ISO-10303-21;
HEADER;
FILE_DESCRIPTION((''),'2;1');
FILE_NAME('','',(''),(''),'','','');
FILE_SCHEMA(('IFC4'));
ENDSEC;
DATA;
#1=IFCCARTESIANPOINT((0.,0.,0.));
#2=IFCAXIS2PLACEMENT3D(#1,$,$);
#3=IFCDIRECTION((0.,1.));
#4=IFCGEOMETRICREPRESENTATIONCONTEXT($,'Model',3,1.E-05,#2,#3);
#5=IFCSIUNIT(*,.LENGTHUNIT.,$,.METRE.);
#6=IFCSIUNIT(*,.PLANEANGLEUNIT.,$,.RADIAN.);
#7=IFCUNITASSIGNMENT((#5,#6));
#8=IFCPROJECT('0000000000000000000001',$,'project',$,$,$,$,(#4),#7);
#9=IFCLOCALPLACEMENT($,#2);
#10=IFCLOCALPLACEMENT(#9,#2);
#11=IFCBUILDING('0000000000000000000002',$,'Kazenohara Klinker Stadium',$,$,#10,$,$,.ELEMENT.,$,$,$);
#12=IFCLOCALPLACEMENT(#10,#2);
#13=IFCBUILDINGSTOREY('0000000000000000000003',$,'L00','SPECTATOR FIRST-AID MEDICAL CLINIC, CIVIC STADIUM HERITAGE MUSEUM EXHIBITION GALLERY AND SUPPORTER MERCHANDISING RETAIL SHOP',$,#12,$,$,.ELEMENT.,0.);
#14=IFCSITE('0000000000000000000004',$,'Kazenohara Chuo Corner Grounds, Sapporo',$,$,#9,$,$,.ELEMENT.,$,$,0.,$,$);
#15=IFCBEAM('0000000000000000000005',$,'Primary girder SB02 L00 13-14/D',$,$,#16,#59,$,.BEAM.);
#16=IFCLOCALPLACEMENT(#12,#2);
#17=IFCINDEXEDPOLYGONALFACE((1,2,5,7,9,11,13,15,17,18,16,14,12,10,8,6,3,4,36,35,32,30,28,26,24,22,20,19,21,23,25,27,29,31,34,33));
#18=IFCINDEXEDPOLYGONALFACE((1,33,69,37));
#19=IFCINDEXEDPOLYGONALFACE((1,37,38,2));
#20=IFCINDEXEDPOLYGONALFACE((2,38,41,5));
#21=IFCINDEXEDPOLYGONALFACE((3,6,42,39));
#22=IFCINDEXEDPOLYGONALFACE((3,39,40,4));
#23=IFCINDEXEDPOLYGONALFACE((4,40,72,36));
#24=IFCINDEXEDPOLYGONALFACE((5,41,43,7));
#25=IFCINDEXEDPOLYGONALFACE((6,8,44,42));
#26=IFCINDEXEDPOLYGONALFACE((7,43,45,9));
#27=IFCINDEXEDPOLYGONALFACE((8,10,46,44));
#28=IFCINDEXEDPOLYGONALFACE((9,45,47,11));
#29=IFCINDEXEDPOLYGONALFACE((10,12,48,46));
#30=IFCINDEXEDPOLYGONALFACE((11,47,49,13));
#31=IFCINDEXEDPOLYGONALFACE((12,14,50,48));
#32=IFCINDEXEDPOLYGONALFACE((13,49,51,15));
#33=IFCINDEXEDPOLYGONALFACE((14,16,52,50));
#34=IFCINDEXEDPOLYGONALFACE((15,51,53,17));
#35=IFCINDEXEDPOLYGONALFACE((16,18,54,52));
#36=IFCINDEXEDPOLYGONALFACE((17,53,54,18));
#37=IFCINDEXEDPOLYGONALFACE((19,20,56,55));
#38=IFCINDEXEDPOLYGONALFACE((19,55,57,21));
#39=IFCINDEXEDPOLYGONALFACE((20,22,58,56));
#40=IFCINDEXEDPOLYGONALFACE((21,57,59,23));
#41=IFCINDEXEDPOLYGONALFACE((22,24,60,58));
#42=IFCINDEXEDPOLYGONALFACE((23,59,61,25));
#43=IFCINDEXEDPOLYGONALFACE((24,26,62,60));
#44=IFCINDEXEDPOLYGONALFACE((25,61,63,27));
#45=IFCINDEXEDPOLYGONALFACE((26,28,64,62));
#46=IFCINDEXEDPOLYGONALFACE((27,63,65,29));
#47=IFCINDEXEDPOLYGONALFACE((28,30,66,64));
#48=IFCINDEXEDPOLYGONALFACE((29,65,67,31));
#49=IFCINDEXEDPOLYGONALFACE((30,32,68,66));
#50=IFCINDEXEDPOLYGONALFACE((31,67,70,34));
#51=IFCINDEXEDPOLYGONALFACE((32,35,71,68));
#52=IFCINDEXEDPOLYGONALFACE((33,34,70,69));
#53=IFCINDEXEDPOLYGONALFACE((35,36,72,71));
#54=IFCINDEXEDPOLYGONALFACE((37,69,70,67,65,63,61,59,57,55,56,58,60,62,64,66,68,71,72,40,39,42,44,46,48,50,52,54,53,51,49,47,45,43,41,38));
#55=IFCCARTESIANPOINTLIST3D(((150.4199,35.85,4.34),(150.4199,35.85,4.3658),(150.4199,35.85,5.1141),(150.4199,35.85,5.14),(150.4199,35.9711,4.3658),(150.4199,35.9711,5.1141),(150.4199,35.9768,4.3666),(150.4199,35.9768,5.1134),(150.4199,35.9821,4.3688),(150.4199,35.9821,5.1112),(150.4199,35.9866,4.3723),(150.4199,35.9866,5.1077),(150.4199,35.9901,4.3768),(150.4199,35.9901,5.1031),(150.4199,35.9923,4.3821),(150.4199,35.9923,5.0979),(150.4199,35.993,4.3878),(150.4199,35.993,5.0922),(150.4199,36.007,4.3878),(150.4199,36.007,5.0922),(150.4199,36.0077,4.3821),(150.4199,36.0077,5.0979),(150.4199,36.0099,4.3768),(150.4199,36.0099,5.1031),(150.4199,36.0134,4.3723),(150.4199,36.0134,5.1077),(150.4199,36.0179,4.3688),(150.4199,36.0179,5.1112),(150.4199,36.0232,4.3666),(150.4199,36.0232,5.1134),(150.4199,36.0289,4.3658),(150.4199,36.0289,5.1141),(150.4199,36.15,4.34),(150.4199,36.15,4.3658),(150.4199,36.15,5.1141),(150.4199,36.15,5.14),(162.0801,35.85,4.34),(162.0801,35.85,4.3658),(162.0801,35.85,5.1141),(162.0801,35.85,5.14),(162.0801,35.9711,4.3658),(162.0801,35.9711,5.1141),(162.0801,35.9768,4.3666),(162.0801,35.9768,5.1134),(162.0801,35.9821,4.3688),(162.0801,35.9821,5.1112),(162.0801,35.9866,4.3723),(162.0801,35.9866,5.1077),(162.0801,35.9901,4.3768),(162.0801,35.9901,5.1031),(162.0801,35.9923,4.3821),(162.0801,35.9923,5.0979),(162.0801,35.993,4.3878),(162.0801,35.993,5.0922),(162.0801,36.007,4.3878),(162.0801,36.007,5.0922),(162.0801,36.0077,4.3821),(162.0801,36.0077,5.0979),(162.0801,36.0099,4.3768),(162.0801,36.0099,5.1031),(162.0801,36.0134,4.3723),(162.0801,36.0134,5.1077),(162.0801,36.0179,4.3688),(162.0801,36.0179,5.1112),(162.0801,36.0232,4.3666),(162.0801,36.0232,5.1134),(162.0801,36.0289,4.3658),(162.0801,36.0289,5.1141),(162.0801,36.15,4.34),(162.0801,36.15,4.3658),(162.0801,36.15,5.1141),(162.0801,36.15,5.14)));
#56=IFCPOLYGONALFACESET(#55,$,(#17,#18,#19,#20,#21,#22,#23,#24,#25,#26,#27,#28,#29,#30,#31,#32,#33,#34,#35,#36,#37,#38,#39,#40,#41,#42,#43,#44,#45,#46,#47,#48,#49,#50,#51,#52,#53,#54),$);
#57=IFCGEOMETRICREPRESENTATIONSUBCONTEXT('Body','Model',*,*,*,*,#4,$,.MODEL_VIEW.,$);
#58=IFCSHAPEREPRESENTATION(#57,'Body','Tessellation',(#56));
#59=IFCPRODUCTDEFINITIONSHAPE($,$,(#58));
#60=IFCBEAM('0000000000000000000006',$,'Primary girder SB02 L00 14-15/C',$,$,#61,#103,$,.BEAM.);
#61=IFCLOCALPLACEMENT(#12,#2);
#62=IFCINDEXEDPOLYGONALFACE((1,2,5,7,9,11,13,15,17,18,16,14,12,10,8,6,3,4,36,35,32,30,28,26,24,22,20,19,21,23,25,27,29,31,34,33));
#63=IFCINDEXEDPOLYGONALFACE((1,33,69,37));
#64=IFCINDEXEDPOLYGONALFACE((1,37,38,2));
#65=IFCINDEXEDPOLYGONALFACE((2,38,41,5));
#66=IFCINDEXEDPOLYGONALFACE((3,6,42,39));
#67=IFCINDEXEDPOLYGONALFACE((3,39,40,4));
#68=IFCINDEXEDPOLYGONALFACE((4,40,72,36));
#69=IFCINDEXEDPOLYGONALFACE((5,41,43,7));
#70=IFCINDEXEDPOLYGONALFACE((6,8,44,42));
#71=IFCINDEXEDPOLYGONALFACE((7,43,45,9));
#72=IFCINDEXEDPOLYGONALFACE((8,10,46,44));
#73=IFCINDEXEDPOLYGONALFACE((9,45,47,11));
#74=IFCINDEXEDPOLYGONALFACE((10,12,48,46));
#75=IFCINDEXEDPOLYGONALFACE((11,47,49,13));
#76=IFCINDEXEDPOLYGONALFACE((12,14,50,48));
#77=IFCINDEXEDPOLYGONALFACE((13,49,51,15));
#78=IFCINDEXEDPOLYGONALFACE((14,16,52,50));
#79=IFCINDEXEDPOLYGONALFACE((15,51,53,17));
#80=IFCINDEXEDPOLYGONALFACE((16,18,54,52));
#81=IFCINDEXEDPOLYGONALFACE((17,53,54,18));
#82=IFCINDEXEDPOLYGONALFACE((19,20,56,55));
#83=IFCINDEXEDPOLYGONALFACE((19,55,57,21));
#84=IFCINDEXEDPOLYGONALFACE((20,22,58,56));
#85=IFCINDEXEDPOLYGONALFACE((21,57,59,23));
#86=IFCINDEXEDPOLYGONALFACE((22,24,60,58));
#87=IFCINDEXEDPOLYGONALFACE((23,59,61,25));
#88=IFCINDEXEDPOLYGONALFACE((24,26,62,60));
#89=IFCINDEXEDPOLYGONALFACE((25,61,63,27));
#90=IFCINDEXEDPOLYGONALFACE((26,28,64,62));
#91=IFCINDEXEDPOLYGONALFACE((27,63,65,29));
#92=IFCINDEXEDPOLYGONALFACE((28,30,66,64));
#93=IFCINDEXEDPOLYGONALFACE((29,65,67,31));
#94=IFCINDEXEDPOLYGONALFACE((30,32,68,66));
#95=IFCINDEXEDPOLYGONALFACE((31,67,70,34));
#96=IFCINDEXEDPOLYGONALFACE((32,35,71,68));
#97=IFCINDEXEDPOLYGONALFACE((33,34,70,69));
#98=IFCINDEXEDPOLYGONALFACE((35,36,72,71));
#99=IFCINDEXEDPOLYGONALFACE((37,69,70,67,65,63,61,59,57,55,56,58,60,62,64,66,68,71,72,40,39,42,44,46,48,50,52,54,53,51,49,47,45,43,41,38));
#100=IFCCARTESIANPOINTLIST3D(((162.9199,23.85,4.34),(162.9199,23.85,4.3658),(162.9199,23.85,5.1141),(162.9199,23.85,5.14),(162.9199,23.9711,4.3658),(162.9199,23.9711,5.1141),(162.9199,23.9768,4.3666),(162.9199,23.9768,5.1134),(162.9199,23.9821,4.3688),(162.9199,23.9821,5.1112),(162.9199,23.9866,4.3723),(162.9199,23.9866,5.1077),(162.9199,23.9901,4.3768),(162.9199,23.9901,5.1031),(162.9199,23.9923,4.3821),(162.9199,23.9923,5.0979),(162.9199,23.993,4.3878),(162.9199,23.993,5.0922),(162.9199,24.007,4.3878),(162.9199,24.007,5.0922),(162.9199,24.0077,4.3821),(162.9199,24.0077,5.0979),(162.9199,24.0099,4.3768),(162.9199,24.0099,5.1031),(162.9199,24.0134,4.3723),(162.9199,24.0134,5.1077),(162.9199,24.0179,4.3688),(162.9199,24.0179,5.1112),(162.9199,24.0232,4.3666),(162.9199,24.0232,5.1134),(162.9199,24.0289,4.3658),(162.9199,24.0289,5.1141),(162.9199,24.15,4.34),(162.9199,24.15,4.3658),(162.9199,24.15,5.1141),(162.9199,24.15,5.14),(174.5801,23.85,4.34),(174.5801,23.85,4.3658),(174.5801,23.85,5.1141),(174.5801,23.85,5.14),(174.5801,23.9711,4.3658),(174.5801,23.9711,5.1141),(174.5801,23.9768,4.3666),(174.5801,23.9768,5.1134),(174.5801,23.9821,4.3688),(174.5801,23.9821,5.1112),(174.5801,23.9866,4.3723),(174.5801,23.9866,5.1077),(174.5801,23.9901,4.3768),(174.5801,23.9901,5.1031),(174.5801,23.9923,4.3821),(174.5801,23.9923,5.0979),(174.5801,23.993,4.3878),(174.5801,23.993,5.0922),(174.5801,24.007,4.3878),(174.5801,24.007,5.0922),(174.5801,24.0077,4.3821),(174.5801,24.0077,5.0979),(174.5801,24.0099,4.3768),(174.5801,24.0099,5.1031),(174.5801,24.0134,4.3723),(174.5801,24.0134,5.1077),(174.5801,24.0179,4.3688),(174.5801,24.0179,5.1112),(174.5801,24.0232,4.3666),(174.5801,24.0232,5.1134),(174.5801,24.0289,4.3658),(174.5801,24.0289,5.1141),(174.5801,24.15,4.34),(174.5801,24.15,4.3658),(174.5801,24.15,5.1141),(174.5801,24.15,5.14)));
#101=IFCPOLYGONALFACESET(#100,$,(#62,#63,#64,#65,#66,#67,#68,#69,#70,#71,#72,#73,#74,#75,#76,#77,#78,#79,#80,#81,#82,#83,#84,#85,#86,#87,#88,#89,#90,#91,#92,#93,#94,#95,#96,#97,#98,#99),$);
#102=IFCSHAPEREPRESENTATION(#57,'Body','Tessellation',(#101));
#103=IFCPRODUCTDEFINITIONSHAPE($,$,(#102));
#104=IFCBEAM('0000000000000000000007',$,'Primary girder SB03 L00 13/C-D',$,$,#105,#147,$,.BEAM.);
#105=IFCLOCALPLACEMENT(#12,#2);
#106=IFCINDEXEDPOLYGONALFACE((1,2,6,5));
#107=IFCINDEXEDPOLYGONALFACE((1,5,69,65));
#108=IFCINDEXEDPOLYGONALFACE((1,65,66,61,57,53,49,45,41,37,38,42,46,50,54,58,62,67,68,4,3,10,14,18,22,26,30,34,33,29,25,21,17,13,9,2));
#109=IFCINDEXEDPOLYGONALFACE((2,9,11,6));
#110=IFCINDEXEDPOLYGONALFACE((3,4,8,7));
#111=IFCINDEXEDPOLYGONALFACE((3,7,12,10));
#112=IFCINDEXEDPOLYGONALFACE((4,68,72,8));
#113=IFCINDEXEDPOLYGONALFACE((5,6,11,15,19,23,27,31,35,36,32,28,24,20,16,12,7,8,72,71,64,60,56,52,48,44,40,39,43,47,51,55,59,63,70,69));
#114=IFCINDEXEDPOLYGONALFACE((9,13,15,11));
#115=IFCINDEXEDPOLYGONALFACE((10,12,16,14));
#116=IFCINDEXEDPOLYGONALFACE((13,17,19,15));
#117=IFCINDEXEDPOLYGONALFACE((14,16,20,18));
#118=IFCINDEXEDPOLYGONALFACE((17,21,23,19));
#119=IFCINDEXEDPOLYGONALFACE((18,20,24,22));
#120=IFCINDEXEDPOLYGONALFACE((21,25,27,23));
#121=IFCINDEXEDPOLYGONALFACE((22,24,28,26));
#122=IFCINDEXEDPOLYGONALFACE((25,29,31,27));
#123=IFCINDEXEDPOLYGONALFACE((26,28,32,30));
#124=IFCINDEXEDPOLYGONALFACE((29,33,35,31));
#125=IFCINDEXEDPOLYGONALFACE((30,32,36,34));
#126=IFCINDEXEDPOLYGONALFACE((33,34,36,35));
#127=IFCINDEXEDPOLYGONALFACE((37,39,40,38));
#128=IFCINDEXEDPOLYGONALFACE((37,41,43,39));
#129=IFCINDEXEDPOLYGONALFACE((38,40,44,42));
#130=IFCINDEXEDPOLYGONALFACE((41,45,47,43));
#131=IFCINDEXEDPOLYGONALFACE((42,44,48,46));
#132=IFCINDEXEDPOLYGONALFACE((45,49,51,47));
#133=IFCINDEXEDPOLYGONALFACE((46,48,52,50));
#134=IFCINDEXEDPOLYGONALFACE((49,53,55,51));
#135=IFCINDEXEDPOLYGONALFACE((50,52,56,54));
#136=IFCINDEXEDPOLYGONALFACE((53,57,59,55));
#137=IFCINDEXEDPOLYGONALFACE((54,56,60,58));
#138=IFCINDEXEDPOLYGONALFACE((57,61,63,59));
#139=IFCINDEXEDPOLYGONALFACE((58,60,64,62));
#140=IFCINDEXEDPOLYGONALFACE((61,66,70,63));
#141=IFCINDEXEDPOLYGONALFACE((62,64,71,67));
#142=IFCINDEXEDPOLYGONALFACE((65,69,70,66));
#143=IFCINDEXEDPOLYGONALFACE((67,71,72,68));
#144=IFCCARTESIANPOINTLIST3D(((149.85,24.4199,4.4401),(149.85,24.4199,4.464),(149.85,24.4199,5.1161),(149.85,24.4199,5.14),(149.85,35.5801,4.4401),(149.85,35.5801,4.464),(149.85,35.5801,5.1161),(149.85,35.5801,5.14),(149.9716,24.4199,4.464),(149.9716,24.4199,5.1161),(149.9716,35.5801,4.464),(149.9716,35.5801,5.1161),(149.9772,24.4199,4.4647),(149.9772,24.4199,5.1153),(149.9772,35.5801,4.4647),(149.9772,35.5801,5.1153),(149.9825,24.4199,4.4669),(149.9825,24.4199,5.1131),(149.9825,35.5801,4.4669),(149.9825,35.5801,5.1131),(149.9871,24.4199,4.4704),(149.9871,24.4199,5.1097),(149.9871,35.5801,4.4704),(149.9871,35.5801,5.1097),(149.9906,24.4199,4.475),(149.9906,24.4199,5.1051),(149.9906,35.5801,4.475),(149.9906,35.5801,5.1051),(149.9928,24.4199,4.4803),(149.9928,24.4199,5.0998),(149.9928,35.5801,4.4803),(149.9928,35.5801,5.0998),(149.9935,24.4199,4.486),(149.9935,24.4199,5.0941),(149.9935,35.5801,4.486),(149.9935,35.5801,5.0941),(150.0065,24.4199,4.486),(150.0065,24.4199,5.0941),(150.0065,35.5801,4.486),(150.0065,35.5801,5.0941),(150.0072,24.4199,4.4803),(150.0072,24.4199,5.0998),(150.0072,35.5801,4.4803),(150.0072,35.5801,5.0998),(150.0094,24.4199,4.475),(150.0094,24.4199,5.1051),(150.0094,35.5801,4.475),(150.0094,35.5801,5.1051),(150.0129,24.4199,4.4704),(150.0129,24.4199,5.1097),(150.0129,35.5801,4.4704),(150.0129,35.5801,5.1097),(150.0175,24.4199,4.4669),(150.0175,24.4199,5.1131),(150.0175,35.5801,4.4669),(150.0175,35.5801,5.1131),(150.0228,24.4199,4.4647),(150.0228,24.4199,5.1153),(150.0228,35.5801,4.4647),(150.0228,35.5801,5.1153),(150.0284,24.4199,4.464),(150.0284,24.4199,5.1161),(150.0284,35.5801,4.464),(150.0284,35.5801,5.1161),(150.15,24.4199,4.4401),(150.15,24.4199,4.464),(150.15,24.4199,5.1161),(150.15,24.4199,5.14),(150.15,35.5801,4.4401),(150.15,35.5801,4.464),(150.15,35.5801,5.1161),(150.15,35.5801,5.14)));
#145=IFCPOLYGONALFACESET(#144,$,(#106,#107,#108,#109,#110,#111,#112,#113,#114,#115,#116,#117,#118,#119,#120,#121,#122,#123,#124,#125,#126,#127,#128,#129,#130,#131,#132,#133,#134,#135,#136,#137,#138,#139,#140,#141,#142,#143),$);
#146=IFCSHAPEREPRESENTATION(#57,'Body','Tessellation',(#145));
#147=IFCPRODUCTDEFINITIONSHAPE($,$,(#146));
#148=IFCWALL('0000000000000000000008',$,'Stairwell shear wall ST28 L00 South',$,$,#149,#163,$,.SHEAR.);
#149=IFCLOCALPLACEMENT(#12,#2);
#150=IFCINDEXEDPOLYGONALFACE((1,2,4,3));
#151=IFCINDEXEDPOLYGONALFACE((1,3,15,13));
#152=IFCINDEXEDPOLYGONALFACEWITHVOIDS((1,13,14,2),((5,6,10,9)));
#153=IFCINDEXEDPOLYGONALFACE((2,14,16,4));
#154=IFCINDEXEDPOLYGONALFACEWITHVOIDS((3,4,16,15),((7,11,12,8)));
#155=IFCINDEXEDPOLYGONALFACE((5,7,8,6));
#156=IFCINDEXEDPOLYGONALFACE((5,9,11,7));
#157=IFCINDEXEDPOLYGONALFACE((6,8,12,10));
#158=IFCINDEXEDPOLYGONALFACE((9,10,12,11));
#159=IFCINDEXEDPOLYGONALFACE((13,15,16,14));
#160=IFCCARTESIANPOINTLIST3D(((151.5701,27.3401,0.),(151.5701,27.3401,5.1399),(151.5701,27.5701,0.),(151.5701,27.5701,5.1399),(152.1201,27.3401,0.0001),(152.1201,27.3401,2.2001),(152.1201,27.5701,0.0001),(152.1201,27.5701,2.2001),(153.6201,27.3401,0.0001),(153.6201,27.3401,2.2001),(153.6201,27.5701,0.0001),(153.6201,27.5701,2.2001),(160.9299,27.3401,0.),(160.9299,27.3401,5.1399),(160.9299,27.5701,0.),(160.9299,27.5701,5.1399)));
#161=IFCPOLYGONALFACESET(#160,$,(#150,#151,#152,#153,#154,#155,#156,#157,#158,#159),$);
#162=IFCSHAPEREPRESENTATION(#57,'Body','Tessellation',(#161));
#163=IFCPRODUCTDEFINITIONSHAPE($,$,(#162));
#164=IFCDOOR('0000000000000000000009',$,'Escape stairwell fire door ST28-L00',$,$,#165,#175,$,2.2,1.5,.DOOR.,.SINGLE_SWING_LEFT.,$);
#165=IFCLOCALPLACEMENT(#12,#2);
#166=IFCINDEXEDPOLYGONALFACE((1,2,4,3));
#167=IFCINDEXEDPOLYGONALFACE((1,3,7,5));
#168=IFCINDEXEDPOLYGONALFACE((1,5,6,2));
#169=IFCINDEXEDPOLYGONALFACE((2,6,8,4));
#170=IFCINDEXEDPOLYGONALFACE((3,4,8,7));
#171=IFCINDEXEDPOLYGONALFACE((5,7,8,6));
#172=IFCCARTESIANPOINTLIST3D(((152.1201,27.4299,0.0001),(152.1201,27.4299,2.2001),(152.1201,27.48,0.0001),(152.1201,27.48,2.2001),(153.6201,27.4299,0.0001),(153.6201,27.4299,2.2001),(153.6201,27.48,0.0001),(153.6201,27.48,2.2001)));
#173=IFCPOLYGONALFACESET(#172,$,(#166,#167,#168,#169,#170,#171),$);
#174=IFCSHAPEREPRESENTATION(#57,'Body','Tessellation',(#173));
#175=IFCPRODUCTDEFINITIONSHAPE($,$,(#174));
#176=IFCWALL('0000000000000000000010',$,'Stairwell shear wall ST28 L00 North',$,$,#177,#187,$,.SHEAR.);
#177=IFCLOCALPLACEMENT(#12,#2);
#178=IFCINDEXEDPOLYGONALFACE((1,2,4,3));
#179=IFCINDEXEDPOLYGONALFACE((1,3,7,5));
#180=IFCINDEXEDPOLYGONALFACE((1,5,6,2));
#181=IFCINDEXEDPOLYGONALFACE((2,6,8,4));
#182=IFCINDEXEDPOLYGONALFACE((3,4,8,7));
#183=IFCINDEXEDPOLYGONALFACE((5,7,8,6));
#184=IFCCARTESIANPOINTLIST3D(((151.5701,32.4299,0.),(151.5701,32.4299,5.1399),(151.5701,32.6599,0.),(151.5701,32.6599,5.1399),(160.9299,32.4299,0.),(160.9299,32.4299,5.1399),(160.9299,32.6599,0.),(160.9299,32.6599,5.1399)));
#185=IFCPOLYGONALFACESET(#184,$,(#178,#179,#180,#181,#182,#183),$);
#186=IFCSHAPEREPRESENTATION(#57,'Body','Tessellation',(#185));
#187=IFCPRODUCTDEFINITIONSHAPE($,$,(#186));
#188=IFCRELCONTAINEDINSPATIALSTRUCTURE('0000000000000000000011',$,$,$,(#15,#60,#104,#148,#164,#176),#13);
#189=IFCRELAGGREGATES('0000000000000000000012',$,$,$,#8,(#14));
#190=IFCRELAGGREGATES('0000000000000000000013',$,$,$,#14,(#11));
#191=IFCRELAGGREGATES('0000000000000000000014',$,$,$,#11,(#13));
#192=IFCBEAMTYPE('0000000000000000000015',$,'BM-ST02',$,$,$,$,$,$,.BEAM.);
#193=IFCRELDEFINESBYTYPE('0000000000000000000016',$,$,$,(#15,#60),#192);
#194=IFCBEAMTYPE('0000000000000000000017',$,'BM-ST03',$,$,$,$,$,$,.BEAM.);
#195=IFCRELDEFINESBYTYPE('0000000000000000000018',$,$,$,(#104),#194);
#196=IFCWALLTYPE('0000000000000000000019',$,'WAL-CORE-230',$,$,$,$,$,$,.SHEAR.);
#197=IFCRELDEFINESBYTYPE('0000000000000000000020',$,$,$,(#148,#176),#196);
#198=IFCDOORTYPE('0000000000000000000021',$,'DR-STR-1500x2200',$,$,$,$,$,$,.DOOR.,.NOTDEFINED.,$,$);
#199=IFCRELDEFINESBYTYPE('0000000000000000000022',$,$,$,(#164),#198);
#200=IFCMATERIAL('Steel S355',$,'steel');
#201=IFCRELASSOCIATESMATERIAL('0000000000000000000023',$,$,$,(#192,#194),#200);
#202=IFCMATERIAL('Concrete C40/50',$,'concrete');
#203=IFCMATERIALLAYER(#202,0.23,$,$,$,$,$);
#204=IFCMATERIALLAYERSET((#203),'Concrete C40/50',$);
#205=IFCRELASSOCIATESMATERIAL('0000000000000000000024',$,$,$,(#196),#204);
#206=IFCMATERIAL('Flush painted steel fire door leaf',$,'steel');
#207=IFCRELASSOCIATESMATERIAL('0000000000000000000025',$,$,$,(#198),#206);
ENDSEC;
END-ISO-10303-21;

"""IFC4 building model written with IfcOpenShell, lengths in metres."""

from ifc_helpers import new_model, si_unit, direction, frame, frame_2d, origin, origin_2d, place, context, subcontext, project, spatial, rectangle, i_section, extrude, material, layer, layer_set, material_profile, profile_set, type_object, element, fill, save


model = new_model("IFC4")

# Units and contexts
model_context = context("Model", 3, precision=1e-05, world=origin(), true_north=direction((0.0, 1.0)))
body_context = subcontext(model_context, "Body", "Model", "MODEL_VIEW")
ifc_project = project(units=[si_unit("LENGTHUNIT", "METRE"), si_unit("PLANEANGLEUNIT", "RADIAN")], contexts=[model_context])

# Site, building, storey
site_placement = place(None, origin())
site = spatial("IfcSite", under=ifc_project, at=site_placement, Name="Kazenohara Chuo Corner Grounds, Sapporo", CompositionType="ELEMENT", RefElevation=0.0)
building_placement = place(site_placement, origin())
building = spatial("IfcBuilding", under=site, at=building_placement, Name="Kazenohara Klinker Stadium", CompositionType="ELEMENT")
storey_placement = place(building_placement, origin())
storey = spatial("IfcBuildingStorey", under=building, at=storey_placement, Name="L00", Description="SPECTATOR FIRST-AID MEDICAL CLINIC, CIVIC STADIUM HERITAGE MUSEUM EXHIBITION GALLERY AND SUPPORTER MERCHANDISING RETAIL SHOP", CompositionType="ELEMENT", Elevation=0.0)

# Shared definitions
ifc_material_1 = material(Name="Concrete C40/50", Category="concrete")

# Beams
ifc_material_2 = material(Name="Steel S355", Category="steel")
ifc_material_profile_1 = material_profile(ifc_material_2, i_section(OverallWidth=0.3, OverallDepth=0.8, WebThickness=0.0139, FlangeThickness=0.0259, FilletRadius=0.022, at=origin_2d()), Name="H-800x300x14x26")
ifc_profile_set_1 = profile_set([ifc_material_profile_1], Name="Steel S355")
beam_type_1 = type_object("IfcBeamType", Name="BM-ST02", PredefinedType="BEAM", material=ifc_profile_set_1)
for number, where, z_axis, x_axis, name in (
    (1, (150.4199, 36.0, 4.74), (1.0, 0.0, 0.0), (0.0, 1.0, 0.0), "Primary girder SB02 L00 13-14/D"),
    (2, (162.9199, 24.0, 4.74), (1.0, 0.0, 0.0), (0.0, 1.0, 0.0), "Primary girder SB02 L00 14-15/C"),
):
    element("IfcBeam", number, at=place(storey_placement, frame(where, z_axis=z_axis, x_axis=x_axis)), inside=storey, type_object=beam_type_1, Name=name, PredefinedType="BEAM", context=body_context, shape_type="SweptSolid", body=[
        extrude(i_section(OverallWidth=0.3, OverallDepth=0.8, WebThickness=0.0139, FlangeThickness=0.0259, FilletRadius=0.022, at=origin_2d()), origin(), (0.0, 0.0, 1.0), 11.6602),
    ])
ifc_material_profile_2 = material_profile(ifc_material_2, i_section(OverallWidth=0.3, OverallDepth=0.7, WebThickness=0.0129, FlangeThickness=0.0239, FilletRadius=0.022, at=origin_2d()), Name="H-700x300x13x24")
ifc_profile_set_2 = profile_set([ifc_material_profile_2], Name="Steel S355")
beam_type_2 = type_object("IfcBeamType", Name="BM-ST03", PredefinedType="BEAM", material=ifc_profile_set_2)
beam_1_placement = place(storey_placement, frame((150.0, 24.4199, 4.79), z_axis=(0.0, 1.0, 0.0), x_axis=(-1.0, 0.0, 0.0)))
element("IfcBeam", 3, at=beam_1_placement, inside=storey, type_object=beam_type_2, Name="Primary girder SB03 L00 13/C-D", PredefinedType="BEAM", context=body_context, shape_type="SweptSolid", body=[
    extrude(i_section(OverallWidth=0.3, OverallDepth=0.7, WebThickness=0.0129, FlangeThickness=0.0239, FilletRadius=0.022, at=origin_2d()), origin(), (0.0, 0.0, 1.0), 11.1602),
])

# Wall, opening, door
ifc_layer_1 = layer(ifc_material_1, 0.23)
ifc_layer_set_1 = layer_set([ifc_layer_1], Name="Concrete C40/50")
wall_type_1 = type_object("IfcWallType", Name="WAL-CORE-230", PredefinedType="SHEAR", material=ifc_layer_set_1)
wall_1_placement = place(storey_placement, frame((151.5701, 27.4551, 0.0), z_axis=(0.0, 0.0, 1.0), x_axis=(1.0, 0.0, 0.0)))
wall_1 = element("IfcWall", 4, at=wall_1_placement, inside=storey, type_object=wall_type_1, Name="Stairwell shear wall ST28 L00 South", PredefinedType="SHEAR", context=body_context, shape_type="SweptSolid", body=[
    extrude(rectangle(XDim=9.3599, YDim=0.23, at=frame_2d((4.6799, 0.0))), origin(), (0.0, 0.0, 1.0), 5.1399),
])
opening_1_placement = place(wall_1_placement, frame((0.55, 0.0, 0.0)))
opening_1 = element("IfcOpeningElement", 5, at=opening_1_placement, cuts=wall_1, PredefinedType="OPENING", context=body_context, shape_type="SweptSolid", body=[
    extrude(rectangle(XDim=1.5, YDim=2.2, at=frame_2d((0.75, 1.1001))), frame((0.0, 0.125, 0.0), z_axis=(0.0, -1.0, 0.0), x_axis=(1.0, 0.0, 0.0)), (0.0, 0.0, 1.0), 0.25),
])
ifc_material_3 = material(Name="Flush painted steel fire door leaf", Category="steel")
door_type_1 = type_object("IfcDoorType", Name="DR-STR-1500x2200", OperationType="NOTDEFINED", PredefinedType="DOOR", material=ifc_material_3)
door_1_placement = place(opening_1_placement, origin())
door_1 = element("IfcDoor", 6, at=door_1_placement, inside=storey, type_object=door_type_1, Name="Escape stairwell fire door ST28-L00", OperationType="SINGLE_SWING_LEFT", OverallHeight=2.2, OverallWidth=1.5, PredefinedType="DOOR", context=body_context, shape_type="SweptSolid", body=[
    extrude(rectangle(XDim=1.5, YDim=2.2, at=frame_2d((0.75, 1.1001))), frame((0.0, 0.0249, 0.0), z_axis=(0.0, -1.0, 0.0), x_axis=(1.0, 0.0, 0.0)), (0.0, 0.0, 1.0), 0.05),
])
fill(opening_1, door_1)

# Wall
wall_2_placement = place(storey_placement, frame((151.5701, 32.5449, 0.0), z_axis=(0.0, 0.0, 1.0), x_axis=(1.0, 0.0, 0.0)))
element("IfcWall", 7, at=wall_2_placement, inside=storey, type_object=wall_type_1, Name="Stairwell shear wall ST28 L00 North", PredefinedType="SHEAR", context=body_context, shape_type="SweptSolid", body=[
    extrude(rectangle(XDim=9.3599, YDim=0.23, at=frame_2d((4.6799, 0.0))), origin(), (0.0, 0.0, 1.0), 5.1399),
])

save(model, "model.ifc")
